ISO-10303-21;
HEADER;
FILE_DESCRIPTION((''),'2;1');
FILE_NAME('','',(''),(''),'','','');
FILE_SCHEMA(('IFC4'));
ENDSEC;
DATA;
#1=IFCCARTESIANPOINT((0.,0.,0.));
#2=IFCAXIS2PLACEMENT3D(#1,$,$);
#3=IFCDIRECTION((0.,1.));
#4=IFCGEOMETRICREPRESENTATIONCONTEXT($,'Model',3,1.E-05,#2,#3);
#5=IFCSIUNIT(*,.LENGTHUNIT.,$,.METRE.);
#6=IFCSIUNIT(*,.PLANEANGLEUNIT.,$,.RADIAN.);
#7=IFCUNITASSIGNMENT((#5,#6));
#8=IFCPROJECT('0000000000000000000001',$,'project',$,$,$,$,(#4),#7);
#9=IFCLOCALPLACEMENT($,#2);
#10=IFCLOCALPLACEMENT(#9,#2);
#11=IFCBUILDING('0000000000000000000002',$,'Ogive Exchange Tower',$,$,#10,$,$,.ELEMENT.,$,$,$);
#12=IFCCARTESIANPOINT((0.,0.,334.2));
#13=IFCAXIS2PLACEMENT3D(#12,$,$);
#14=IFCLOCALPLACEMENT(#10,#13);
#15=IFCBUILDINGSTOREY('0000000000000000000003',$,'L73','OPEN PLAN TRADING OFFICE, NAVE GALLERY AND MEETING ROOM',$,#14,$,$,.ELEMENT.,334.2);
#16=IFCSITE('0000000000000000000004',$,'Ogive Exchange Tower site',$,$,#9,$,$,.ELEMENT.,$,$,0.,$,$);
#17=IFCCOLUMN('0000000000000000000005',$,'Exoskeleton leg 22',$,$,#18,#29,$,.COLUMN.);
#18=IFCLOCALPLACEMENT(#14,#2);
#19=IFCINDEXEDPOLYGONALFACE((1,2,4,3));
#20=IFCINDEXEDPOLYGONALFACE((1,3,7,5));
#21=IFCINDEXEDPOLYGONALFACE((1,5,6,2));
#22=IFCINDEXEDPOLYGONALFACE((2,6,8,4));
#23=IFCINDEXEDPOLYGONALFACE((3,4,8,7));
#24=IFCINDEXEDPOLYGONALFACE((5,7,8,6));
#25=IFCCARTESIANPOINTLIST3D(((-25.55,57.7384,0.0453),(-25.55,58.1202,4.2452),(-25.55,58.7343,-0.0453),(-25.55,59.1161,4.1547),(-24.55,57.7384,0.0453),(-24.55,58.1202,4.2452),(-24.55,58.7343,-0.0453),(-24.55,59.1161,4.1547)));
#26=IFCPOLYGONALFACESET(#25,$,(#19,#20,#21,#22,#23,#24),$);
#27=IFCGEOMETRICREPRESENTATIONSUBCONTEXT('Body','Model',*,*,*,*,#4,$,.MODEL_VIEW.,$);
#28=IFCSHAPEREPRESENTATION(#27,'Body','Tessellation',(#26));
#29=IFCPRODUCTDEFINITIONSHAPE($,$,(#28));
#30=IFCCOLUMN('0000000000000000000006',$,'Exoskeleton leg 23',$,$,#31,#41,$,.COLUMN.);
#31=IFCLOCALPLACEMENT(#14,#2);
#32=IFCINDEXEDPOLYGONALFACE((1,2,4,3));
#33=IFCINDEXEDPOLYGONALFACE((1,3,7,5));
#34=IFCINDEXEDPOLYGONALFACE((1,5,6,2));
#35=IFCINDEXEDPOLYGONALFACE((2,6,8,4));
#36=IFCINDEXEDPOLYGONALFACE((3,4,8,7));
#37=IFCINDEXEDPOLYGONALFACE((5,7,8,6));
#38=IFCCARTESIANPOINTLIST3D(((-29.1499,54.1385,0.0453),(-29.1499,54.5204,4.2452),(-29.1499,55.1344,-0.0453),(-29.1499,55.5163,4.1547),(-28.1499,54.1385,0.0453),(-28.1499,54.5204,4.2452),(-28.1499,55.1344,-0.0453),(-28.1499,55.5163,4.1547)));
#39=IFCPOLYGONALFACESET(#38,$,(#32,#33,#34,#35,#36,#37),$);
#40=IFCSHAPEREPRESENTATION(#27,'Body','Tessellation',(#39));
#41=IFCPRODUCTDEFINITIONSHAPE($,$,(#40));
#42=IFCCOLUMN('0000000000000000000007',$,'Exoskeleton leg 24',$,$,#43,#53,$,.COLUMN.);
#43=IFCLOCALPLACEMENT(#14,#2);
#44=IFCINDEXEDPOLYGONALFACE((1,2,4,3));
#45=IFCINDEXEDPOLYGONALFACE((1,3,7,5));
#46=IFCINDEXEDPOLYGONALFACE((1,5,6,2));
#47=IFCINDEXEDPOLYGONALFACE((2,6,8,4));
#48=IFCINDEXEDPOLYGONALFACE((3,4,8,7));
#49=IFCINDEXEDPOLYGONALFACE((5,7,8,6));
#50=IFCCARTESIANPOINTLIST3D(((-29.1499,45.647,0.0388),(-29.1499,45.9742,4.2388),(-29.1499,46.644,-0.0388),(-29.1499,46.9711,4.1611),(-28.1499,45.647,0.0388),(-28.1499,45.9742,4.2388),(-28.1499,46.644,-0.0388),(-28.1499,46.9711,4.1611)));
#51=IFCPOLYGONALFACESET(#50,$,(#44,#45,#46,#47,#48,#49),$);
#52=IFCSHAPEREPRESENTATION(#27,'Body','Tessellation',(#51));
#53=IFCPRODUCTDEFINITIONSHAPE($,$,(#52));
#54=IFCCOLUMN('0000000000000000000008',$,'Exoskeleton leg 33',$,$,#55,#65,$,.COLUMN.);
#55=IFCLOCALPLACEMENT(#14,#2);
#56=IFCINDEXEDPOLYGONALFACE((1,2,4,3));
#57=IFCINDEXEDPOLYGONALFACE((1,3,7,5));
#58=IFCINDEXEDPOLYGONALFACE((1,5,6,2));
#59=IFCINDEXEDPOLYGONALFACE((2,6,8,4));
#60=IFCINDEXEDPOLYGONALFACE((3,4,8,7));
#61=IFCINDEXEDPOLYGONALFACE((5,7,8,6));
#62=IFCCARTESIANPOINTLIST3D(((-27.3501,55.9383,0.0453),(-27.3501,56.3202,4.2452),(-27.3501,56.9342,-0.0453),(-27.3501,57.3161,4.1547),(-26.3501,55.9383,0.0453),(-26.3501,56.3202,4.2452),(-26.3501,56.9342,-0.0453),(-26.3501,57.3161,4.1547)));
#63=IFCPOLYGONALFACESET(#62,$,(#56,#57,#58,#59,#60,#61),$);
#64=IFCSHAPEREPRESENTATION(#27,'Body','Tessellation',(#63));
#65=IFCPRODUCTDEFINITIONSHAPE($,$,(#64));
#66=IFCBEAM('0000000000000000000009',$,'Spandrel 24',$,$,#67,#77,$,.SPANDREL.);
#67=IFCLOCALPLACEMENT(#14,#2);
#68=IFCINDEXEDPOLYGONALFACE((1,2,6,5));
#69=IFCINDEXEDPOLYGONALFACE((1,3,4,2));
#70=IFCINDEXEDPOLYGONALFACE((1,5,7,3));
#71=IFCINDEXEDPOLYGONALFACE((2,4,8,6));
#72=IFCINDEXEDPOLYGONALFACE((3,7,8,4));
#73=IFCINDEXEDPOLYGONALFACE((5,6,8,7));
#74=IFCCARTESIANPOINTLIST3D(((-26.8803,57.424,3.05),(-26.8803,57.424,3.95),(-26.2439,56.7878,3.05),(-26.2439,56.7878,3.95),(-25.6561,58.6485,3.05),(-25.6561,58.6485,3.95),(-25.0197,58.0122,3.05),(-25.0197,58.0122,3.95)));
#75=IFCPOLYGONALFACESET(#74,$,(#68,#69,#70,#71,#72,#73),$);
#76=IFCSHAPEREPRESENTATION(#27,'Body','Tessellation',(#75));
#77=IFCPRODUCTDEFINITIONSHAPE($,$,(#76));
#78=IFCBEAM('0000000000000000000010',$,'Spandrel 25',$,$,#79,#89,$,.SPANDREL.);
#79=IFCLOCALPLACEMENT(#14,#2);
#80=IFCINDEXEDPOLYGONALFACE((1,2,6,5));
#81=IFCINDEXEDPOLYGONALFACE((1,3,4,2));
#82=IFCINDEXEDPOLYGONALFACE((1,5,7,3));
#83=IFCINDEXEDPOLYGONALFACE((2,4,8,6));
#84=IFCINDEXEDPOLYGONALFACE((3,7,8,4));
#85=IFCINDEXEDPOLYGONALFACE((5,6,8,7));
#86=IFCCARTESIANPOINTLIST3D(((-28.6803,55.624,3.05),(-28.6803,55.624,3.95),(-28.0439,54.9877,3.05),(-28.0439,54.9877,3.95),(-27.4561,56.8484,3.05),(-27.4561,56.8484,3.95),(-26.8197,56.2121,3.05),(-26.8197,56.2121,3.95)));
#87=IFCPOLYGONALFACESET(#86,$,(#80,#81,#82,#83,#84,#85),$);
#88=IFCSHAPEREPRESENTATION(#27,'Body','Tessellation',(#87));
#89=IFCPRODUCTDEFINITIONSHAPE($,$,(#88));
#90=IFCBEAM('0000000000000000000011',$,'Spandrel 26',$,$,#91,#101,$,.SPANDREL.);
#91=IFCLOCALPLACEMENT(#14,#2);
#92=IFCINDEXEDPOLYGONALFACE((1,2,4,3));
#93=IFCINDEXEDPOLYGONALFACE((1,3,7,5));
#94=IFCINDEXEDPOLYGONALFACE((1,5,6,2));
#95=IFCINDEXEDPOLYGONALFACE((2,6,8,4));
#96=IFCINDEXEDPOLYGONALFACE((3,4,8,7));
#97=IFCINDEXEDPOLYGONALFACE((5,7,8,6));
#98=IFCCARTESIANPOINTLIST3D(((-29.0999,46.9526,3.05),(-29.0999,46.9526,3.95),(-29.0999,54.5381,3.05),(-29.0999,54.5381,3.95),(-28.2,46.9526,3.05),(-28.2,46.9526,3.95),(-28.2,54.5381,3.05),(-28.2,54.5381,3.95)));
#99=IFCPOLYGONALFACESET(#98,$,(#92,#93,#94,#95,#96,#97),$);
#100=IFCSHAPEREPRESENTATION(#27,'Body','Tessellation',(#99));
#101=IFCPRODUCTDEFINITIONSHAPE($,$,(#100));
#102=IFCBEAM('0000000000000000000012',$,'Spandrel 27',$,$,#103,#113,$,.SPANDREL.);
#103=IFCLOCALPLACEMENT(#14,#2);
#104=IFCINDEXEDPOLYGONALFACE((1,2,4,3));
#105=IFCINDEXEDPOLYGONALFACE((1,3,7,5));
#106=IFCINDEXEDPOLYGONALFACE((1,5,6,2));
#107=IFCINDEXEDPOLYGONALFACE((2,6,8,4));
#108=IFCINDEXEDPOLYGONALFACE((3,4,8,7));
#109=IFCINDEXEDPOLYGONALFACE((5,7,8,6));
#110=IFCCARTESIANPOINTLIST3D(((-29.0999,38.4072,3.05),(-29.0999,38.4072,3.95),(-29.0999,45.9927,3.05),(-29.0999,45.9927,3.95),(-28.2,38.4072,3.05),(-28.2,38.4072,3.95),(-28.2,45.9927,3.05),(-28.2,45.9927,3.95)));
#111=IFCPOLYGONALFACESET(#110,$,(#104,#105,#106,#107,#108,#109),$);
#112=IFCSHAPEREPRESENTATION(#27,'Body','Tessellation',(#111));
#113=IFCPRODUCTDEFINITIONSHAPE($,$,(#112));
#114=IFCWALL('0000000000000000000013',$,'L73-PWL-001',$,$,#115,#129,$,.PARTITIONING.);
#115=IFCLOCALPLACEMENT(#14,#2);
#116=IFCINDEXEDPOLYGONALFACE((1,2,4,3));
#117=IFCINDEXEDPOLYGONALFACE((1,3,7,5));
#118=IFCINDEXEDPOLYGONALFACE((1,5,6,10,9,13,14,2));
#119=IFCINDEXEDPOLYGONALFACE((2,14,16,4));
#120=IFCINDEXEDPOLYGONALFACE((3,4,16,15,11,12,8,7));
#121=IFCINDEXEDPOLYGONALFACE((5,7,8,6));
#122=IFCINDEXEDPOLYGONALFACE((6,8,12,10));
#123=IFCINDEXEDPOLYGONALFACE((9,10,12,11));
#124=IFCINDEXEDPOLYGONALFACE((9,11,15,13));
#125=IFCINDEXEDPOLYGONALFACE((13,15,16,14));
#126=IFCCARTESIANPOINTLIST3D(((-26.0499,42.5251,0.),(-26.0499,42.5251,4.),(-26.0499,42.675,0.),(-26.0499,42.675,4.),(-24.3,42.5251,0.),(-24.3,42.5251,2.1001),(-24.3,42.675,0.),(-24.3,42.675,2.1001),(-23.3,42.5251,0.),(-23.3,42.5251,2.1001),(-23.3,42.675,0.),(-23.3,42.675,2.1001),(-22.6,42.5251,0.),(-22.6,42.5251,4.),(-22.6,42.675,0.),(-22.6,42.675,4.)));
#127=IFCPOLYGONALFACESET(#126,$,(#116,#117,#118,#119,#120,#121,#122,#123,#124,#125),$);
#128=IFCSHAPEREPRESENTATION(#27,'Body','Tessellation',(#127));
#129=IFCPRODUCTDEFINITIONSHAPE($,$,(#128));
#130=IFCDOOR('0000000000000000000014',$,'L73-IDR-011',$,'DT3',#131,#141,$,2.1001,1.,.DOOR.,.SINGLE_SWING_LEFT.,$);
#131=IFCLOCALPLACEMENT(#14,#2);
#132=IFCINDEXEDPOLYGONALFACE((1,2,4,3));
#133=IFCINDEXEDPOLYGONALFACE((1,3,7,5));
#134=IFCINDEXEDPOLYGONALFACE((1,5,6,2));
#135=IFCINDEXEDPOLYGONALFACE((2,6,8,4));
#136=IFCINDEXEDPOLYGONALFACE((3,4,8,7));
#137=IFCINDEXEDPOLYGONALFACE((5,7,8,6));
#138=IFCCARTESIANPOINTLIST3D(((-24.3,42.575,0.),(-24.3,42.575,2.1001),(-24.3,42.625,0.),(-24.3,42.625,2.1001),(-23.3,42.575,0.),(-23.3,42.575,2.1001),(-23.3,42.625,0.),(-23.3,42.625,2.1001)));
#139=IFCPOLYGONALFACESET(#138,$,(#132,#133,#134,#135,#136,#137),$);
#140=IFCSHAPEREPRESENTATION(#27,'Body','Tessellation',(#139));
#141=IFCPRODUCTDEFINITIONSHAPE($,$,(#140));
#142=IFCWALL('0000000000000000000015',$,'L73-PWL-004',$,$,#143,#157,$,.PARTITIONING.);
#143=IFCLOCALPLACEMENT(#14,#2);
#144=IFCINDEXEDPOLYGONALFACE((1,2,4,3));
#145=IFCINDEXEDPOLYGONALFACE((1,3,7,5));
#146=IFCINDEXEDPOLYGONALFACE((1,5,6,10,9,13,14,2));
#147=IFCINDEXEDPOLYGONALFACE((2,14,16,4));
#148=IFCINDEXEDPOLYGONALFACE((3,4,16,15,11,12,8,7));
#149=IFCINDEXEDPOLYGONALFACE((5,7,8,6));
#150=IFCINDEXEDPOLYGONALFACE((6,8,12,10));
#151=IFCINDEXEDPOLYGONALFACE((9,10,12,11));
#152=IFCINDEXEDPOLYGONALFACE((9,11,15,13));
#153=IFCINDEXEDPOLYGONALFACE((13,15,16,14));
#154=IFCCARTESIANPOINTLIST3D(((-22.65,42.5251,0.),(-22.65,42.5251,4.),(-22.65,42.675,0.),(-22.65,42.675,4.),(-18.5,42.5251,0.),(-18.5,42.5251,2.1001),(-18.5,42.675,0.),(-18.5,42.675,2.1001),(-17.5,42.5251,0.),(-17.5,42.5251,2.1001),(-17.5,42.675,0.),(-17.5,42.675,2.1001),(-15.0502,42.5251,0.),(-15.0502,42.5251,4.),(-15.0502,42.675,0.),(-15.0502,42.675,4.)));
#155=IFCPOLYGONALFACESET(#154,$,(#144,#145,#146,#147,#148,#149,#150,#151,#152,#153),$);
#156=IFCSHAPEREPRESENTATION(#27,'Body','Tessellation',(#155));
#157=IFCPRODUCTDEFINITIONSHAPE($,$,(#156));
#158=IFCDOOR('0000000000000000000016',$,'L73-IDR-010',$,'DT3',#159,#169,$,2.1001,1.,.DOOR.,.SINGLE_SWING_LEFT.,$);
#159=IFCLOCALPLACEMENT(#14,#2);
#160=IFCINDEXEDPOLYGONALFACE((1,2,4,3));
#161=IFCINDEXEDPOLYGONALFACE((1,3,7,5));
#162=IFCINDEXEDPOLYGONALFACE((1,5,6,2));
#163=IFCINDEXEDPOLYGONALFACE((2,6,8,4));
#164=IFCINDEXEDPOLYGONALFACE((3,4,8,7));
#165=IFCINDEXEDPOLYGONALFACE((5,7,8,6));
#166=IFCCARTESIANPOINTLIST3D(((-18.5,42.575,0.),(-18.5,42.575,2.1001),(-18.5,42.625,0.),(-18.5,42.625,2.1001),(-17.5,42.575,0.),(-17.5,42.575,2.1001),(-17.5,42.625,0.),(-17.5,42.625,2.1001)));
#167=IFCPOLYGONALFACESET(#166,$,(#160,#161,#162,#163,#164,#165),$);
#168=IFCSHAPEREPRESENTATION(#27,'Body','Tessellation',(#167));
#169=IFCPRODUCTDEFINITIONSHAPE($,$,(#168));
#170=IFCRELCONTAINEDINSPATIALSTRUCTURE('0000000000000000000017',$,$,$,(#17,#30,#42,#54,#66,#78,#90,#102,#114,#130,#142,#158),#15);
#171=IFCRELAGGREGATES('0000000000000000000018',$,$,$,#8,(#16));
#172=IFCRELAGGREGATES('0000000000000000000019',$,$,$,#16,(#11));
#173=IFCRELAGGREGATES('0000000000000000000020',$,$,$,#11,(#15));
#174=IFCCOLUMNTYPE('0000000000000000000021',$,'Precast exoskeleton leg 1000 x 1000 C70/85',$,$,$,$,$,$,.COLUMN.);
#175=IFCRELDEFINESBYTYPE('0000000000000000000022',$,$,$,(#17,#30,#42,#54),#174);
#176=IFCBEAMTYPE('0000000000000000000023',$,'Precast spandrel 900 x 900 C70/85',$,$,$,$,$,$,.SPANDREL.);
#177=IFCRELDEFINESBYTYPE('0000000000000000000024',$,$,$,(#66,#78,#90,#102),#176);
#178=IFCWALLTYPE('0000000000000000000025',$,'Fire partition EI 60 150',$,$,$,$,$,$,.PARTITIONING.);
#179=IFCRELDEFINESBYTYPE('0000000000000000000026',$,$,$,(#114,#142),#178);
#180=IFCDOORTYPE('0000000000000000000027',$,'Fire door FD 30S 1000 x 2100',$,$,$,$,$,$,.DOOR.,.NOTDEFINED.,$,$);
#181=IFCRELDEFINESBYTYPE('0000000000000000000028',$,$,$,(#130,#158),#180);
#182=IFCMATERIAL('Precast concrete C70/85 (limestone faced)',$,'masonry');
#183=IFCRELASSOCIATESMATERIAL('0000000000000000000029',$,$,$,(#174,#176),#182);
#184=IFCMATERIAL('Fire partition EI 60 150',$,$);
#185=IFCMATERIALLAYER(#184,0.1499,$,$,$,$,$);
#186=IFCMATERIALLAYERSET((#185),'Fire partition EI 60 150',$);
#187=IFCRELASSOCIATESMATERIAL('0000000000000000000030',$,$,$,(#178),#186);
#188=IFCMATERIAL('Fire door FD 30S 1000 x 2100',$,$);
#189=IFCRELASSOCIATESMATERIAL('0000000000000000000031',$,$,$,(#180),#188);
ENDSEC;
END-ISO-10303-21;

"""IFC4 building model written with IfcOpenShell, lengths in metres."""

from ifc_helpers import new_model, si_unit, direction, frame, frame_2d, origin, origin_2d, place, context, subcontext, project, spatial, rectangle, extrude, material, layer, layer_set, material_profile, profile_set, type_object, element, fill, save


model = new_model("IFC4")

# Units and contexts
model_context = context("Model", 3, precision=1e-05, world=origin(), true_north=direction((0.0, 1.0)))
body_context = subcontext(model_context, "Body", "Model", "MODEL_VIEW")
ifc_project = project(units=[si_unit("LENGTHUNIT", "METRE"), si_unit("PLANEANGLEUNIT", "RADIAN")], contexts=[model_context])

# Site, building, storey
site_placement = place(None, origin())
site = spatial("IfcSite", under=ifc_project, at=site_placement, Name="Ogive Exchange Tower site", CompositionType="ELEMENT", RefElevation=0.0)
building_placement = place(site_placement, origin())
building = spatial("IfcBuilding", under=site, at=building_placement, Name="Ogive Exchange Tower", CompositionType="ELEMENT")
storey_placement = place(building_placement, frame((0.0, 0.0, 334.2)))
storey = spatial("IfcBuildingStorey", under=building, at=storey_placement, Name="L73", Description="OPEN PLAN TRADING OFFICE, NAVE GALLERY AND MEETING ROOM", CompositionType="ELEMENT", Elevation=334.2)

# Columns
ifc_material_1 = material(Name="Precast concrete C70/85 (limestone faced)", Category="masonry")
ifc_material_profile_1 = material_profile(ifc_material_1, rectangle(XDim=1.0, YDim=1.0, at=origin_2d()), Name="1000 x 1000")
ifc_profile_set_1 = profile_set([ifc_material_profile_1], Name="Precast concrete C70/85 (limestone faced)")
column_type = type_object("IfcColumnType", Name="Precast exoskeleton leg 1000 x 1000 C70/85", PredefinedType="COLUMN", material=ifc_profile_set_1)
for number, where, z_axis, x_axis, name in (
    (1, (-25.05, 58.2363, 0.0), (0.0, 0.090541, 0.995893), (-1.0, 0.0, 0.0), "Exoskeleton leg 22"),
    (2, (-28.6499, 54.6365, 0.0), (0.0, 0.090541, 0.995893), (-1.0, 0.0, 0.0), "Exoskeleton leg 23"),
):
    element("IfcColumn", number, at=place(storey_placement, frame(where, z_axis=z_axis, x_axis=x_axis)), inside=storey, type_object=column_type, Name=name, PredefinedType="COLUMN", context=body_context, shape_type="SweptSolid", body=[
        extrude(rectangle(XDim=1.0, YDim=1.0, at=origin_2d()), origin(), (0.0, 0.0, 1.0), 4.2173),
    ])
column_1_placement = place(storey_placement, frame((-28.6499, 46.1455, 0.0), z_axis=(0.0, 0.077658, 0.99698), x_axis=(-1.0, 0.0, 0.0)))
element("IfcColumn", 3, at=column_1_placement, inside=storey, type_object=column_type, Name="Exoskeleton leg 24", PredefinedType="COLUMN", context=body_context, shape_type="SweptSolid", body=[
    extrude(rectangle(XDim=1.0, YDim=1.0, at=origin_2d()), origin(), (0.0, 0.0, 1.0), 4.2126),
])
column_2_placement = place(storey_placement, frame((-26.8501, 56.4363, 0.0), z_axis=(0.0, 0.090541, 0.995893), x_axis=(-1.0, 0.0, 0.0)))
element("IfcColumn", 4, at=column_2_placement, inside=storey, type_object=column_type, Name="Exoskeleton leg 33", PredefinedType="COLUMN", context=body_context, shape_type="SweptSolid", body=[
    extrude(rectangle(XDim=1.0, YDim=1.0, at=origin_2d()), origin(), (0.0, 0.0, 1.0), 4.2173),
])

# Beams
ifc_material_profile_2 = material_profile(ifc_material_1, rectangle(XDim=0.8999, YDim=0.8999, at=origin_2d()), Name="900 x 900")
ifc_profile_set_2 = profile_set([ifc_material_profile_2], Name="Precast concrete C70/85 (limestone faced)")
beam_type = type_object("IfcBeamType", Name="Precast spandrel 900 x 900 C70/85", PredefinedType="SPANDREL", material=ifc_profile_set_2)
for number, where, z_axis, x_axis, name in (
    (5, (-25.3379, 58.3303, 3.5), (-0.707036, -0.707177, 0.0), (0.707177, -0.707036, 0.0), "Spandrel 24"),
    (6, (-27.1379, 56.5303, 3.5), (-0.707036, -0.707177, 0.0), (0.707177, -0.707036, 0.0), "Spandrel 25"),
):
    element("IfcBeam", number, at=place(storey_placement, frame(where, z_axis=z_axis, x_axis=x_axis)), inside=storey, type_object=beam_type, Name=name, PredefinedType="SPANDREL", context=body_context, shape_type="SweptSolid", body=[
        extrude(rectangle(XDim=0.8999, YDim=0.8999, at=origin_2d()), origin(), (0.0, 0.0, 1.0), 1.7314),
    ])
for number, where, z_axis, x_axis, name in (
    (7, (-28.6499, 54.5381, 3.5), (0.0, -1.0, 0.0), (1.0, 0.0, 0.0), "Spandrel 26"),
    (8, (-28.6499, 45.9927, 3.5), (0.0, -1.0, 0.0), (1.0, 0.0, 0.0), "Spandrel 27"),
):
    element("IfcBeam", number, at=place(storey_placement, frame(where, z_axis=z_axis, x_axis=x_axis)), inside=storey, type_object=beam_type, Name=name, PredefinedType="SPANDREL", context=body_context, shape_type="SweptSolid", body=[
        extrude(rectangle(XDim=0.8999, YDim=0.8999, at=origin_2d()), origin(), (0.0, 0.0, 1.0), 7.5854),
    ])

# Walls, openings, doors
ifc_material_2 = material(Name="Fire partition EI 60 150")
ifc_layer_1 = layer(ifc_material_2, 0.1499)
ifc_layer_set_1 = layer_set([ifc_layer_1], Name="Fire partition EI 60 150")
wall_type_1 = type_object("IfcWallType", Name="Fire partition EI 60 150", PredefinedType="PARTITIONING", material=ifc_layer_set_1)
wall_1_placement = place(storey_placement, frame((-26.05, 42.6001, 0.0), z_axis=(0.0, 0.0, 1.0), x_axis=(1.0, 0.0, 0.0)))
wall_1 = element("IfcWall", 9, at=wall_1_placement, inside=storey, type_object=wall_type_1, Name="L73-PWL-001", PredefinedType="PARTITIONING", context=body_context, shape_type="SweptSolid", body=[
    extrude(rectangle(XDim=3.45, YDim=0.1499, at=frame_2d((1.7251, 0.0))), origin(), (0.0, 0.0, 1.0), 4.0),
])
opening_1_placement = place(wall_1_placement, frame((1.75, 0.0, 0.0)))
opening_1 = element("IfcOpeningElement", 10, at=opening_1_placement, cuts=wall_1, PredefinedType="OPENING", context=body_context, shape_type="SweptSolid", body=[
    extrude(rectangle(XDim=1.0, YDim=2.1001, at=frame_2d((0.5, 1.05))), frame((0.0, 0.085, 0.0), z_axis=(0.0, -1.0, 0.0), x_axis=(1.0, 0.0, 0.0)), (0.0, 0.0, 1.0), 0.1699),
])
ifc_material_3 = material(Name="Fire door FD 30S 1000 x 2100")
door_type_1 = type_object("IfcDoorType", Name="Fire door FD 30S 1000 x 2100", OperationType="NOTDEFINED", PredefinedType="DOOR", material=ifc_material_3)
door_1_placement = place(opening_1_placement, origin())
door_1 = element("IfcDoor", 11, at=door_1_placement, inside=storey, type_object=door_type_1, Name="L73-IDR-011", ObjectType="DT3", OperationType="SINGLE_SWING_LEFT", OverallHeight=2.1001, OverallWidth=1.0, PredefinedType="DOOR", context=body_context, shape_type="SweptSolid", body=[
    extrude(rectangle(XDim=1.0, YDim=2.1001, at=frame_2d((0.5, 1.05))), frame((0.0, 0.0249, 0.0), z_axis=(0.0, -1.0, 0.0), x_axis=(1.0, 0.0, 0.0)), (0.0, 0.0, 1.0), 0.05),
])
fill(opening_1, door_1)
wall_2_placement = place(storey_placement, frame((-22.6499, 42.6001, 0.0), z_axis=(0.0, 0.0, 1.0), x_axis=(1.0, 0.0, 0.0)))
wall_2 = element("IfcWall", 12, at=wall_2_placement, inside=storey, type_object=wall_type_1, Name="L73-PWL-004", PredefinedType="PARTITIONING", context=body_context, shape_type="SweptSolid", body=[
    extrude(rectangle(XDim=7.5999, YDim=0.1499, at=frame_2d((3.7998, 0.0))), origin(), (0.0, 0.0, 1.0), 4.0),
])
opening_2_placement = place(wall_2_placement, frame((4.1499, 0.0, 0.0)))
opening_2 = element("IfcOpeningElement", 13, at=opening_2_placement, cuts=wall_2, PredefinedType="OPENING", context=body_context, shape_type="SweptSolid", body=[
    extrude(rectangle(XDim=1.0, YDim=2.1001, at=frame_2d((0.5, 1.05))), frame((0.0, 0.085, 0.0), z_axis=(0.0, -1.0, 0.0), x_axis=(1.0, 0.0, 0.0)), (0.0, 0.0, 1.0), 0.1699),
])
door_2_placement = place(opening_2_placement, origin())
door_2 = element("IfcDoor", 14, at=door_2_placement, inside=storey, type_object=door_type_1, Name="L73-IDR-010", ObjectType="DT3", OperationType="SINGLE_SWING_LEFT", OverallHeight=2.1001, OverallWidth=1.0, PredefinedType="DOOR", context=body_context, shape_type="SweptSolid", body=[
    extrude(rectangle(XDim=1.0, YDim=2.1001, at=frame_2d((0.5, 1.05))), frame((0.0, 0.0249, 0.0), z_axis=(0.0, -1.0, 0.0), x_axis=(1.0, 0.0, 0.0)), (0.0, 0.0, 1.0), 0.05),
])
fill(opening_2, door_2)

save(model, "model.ifc")
